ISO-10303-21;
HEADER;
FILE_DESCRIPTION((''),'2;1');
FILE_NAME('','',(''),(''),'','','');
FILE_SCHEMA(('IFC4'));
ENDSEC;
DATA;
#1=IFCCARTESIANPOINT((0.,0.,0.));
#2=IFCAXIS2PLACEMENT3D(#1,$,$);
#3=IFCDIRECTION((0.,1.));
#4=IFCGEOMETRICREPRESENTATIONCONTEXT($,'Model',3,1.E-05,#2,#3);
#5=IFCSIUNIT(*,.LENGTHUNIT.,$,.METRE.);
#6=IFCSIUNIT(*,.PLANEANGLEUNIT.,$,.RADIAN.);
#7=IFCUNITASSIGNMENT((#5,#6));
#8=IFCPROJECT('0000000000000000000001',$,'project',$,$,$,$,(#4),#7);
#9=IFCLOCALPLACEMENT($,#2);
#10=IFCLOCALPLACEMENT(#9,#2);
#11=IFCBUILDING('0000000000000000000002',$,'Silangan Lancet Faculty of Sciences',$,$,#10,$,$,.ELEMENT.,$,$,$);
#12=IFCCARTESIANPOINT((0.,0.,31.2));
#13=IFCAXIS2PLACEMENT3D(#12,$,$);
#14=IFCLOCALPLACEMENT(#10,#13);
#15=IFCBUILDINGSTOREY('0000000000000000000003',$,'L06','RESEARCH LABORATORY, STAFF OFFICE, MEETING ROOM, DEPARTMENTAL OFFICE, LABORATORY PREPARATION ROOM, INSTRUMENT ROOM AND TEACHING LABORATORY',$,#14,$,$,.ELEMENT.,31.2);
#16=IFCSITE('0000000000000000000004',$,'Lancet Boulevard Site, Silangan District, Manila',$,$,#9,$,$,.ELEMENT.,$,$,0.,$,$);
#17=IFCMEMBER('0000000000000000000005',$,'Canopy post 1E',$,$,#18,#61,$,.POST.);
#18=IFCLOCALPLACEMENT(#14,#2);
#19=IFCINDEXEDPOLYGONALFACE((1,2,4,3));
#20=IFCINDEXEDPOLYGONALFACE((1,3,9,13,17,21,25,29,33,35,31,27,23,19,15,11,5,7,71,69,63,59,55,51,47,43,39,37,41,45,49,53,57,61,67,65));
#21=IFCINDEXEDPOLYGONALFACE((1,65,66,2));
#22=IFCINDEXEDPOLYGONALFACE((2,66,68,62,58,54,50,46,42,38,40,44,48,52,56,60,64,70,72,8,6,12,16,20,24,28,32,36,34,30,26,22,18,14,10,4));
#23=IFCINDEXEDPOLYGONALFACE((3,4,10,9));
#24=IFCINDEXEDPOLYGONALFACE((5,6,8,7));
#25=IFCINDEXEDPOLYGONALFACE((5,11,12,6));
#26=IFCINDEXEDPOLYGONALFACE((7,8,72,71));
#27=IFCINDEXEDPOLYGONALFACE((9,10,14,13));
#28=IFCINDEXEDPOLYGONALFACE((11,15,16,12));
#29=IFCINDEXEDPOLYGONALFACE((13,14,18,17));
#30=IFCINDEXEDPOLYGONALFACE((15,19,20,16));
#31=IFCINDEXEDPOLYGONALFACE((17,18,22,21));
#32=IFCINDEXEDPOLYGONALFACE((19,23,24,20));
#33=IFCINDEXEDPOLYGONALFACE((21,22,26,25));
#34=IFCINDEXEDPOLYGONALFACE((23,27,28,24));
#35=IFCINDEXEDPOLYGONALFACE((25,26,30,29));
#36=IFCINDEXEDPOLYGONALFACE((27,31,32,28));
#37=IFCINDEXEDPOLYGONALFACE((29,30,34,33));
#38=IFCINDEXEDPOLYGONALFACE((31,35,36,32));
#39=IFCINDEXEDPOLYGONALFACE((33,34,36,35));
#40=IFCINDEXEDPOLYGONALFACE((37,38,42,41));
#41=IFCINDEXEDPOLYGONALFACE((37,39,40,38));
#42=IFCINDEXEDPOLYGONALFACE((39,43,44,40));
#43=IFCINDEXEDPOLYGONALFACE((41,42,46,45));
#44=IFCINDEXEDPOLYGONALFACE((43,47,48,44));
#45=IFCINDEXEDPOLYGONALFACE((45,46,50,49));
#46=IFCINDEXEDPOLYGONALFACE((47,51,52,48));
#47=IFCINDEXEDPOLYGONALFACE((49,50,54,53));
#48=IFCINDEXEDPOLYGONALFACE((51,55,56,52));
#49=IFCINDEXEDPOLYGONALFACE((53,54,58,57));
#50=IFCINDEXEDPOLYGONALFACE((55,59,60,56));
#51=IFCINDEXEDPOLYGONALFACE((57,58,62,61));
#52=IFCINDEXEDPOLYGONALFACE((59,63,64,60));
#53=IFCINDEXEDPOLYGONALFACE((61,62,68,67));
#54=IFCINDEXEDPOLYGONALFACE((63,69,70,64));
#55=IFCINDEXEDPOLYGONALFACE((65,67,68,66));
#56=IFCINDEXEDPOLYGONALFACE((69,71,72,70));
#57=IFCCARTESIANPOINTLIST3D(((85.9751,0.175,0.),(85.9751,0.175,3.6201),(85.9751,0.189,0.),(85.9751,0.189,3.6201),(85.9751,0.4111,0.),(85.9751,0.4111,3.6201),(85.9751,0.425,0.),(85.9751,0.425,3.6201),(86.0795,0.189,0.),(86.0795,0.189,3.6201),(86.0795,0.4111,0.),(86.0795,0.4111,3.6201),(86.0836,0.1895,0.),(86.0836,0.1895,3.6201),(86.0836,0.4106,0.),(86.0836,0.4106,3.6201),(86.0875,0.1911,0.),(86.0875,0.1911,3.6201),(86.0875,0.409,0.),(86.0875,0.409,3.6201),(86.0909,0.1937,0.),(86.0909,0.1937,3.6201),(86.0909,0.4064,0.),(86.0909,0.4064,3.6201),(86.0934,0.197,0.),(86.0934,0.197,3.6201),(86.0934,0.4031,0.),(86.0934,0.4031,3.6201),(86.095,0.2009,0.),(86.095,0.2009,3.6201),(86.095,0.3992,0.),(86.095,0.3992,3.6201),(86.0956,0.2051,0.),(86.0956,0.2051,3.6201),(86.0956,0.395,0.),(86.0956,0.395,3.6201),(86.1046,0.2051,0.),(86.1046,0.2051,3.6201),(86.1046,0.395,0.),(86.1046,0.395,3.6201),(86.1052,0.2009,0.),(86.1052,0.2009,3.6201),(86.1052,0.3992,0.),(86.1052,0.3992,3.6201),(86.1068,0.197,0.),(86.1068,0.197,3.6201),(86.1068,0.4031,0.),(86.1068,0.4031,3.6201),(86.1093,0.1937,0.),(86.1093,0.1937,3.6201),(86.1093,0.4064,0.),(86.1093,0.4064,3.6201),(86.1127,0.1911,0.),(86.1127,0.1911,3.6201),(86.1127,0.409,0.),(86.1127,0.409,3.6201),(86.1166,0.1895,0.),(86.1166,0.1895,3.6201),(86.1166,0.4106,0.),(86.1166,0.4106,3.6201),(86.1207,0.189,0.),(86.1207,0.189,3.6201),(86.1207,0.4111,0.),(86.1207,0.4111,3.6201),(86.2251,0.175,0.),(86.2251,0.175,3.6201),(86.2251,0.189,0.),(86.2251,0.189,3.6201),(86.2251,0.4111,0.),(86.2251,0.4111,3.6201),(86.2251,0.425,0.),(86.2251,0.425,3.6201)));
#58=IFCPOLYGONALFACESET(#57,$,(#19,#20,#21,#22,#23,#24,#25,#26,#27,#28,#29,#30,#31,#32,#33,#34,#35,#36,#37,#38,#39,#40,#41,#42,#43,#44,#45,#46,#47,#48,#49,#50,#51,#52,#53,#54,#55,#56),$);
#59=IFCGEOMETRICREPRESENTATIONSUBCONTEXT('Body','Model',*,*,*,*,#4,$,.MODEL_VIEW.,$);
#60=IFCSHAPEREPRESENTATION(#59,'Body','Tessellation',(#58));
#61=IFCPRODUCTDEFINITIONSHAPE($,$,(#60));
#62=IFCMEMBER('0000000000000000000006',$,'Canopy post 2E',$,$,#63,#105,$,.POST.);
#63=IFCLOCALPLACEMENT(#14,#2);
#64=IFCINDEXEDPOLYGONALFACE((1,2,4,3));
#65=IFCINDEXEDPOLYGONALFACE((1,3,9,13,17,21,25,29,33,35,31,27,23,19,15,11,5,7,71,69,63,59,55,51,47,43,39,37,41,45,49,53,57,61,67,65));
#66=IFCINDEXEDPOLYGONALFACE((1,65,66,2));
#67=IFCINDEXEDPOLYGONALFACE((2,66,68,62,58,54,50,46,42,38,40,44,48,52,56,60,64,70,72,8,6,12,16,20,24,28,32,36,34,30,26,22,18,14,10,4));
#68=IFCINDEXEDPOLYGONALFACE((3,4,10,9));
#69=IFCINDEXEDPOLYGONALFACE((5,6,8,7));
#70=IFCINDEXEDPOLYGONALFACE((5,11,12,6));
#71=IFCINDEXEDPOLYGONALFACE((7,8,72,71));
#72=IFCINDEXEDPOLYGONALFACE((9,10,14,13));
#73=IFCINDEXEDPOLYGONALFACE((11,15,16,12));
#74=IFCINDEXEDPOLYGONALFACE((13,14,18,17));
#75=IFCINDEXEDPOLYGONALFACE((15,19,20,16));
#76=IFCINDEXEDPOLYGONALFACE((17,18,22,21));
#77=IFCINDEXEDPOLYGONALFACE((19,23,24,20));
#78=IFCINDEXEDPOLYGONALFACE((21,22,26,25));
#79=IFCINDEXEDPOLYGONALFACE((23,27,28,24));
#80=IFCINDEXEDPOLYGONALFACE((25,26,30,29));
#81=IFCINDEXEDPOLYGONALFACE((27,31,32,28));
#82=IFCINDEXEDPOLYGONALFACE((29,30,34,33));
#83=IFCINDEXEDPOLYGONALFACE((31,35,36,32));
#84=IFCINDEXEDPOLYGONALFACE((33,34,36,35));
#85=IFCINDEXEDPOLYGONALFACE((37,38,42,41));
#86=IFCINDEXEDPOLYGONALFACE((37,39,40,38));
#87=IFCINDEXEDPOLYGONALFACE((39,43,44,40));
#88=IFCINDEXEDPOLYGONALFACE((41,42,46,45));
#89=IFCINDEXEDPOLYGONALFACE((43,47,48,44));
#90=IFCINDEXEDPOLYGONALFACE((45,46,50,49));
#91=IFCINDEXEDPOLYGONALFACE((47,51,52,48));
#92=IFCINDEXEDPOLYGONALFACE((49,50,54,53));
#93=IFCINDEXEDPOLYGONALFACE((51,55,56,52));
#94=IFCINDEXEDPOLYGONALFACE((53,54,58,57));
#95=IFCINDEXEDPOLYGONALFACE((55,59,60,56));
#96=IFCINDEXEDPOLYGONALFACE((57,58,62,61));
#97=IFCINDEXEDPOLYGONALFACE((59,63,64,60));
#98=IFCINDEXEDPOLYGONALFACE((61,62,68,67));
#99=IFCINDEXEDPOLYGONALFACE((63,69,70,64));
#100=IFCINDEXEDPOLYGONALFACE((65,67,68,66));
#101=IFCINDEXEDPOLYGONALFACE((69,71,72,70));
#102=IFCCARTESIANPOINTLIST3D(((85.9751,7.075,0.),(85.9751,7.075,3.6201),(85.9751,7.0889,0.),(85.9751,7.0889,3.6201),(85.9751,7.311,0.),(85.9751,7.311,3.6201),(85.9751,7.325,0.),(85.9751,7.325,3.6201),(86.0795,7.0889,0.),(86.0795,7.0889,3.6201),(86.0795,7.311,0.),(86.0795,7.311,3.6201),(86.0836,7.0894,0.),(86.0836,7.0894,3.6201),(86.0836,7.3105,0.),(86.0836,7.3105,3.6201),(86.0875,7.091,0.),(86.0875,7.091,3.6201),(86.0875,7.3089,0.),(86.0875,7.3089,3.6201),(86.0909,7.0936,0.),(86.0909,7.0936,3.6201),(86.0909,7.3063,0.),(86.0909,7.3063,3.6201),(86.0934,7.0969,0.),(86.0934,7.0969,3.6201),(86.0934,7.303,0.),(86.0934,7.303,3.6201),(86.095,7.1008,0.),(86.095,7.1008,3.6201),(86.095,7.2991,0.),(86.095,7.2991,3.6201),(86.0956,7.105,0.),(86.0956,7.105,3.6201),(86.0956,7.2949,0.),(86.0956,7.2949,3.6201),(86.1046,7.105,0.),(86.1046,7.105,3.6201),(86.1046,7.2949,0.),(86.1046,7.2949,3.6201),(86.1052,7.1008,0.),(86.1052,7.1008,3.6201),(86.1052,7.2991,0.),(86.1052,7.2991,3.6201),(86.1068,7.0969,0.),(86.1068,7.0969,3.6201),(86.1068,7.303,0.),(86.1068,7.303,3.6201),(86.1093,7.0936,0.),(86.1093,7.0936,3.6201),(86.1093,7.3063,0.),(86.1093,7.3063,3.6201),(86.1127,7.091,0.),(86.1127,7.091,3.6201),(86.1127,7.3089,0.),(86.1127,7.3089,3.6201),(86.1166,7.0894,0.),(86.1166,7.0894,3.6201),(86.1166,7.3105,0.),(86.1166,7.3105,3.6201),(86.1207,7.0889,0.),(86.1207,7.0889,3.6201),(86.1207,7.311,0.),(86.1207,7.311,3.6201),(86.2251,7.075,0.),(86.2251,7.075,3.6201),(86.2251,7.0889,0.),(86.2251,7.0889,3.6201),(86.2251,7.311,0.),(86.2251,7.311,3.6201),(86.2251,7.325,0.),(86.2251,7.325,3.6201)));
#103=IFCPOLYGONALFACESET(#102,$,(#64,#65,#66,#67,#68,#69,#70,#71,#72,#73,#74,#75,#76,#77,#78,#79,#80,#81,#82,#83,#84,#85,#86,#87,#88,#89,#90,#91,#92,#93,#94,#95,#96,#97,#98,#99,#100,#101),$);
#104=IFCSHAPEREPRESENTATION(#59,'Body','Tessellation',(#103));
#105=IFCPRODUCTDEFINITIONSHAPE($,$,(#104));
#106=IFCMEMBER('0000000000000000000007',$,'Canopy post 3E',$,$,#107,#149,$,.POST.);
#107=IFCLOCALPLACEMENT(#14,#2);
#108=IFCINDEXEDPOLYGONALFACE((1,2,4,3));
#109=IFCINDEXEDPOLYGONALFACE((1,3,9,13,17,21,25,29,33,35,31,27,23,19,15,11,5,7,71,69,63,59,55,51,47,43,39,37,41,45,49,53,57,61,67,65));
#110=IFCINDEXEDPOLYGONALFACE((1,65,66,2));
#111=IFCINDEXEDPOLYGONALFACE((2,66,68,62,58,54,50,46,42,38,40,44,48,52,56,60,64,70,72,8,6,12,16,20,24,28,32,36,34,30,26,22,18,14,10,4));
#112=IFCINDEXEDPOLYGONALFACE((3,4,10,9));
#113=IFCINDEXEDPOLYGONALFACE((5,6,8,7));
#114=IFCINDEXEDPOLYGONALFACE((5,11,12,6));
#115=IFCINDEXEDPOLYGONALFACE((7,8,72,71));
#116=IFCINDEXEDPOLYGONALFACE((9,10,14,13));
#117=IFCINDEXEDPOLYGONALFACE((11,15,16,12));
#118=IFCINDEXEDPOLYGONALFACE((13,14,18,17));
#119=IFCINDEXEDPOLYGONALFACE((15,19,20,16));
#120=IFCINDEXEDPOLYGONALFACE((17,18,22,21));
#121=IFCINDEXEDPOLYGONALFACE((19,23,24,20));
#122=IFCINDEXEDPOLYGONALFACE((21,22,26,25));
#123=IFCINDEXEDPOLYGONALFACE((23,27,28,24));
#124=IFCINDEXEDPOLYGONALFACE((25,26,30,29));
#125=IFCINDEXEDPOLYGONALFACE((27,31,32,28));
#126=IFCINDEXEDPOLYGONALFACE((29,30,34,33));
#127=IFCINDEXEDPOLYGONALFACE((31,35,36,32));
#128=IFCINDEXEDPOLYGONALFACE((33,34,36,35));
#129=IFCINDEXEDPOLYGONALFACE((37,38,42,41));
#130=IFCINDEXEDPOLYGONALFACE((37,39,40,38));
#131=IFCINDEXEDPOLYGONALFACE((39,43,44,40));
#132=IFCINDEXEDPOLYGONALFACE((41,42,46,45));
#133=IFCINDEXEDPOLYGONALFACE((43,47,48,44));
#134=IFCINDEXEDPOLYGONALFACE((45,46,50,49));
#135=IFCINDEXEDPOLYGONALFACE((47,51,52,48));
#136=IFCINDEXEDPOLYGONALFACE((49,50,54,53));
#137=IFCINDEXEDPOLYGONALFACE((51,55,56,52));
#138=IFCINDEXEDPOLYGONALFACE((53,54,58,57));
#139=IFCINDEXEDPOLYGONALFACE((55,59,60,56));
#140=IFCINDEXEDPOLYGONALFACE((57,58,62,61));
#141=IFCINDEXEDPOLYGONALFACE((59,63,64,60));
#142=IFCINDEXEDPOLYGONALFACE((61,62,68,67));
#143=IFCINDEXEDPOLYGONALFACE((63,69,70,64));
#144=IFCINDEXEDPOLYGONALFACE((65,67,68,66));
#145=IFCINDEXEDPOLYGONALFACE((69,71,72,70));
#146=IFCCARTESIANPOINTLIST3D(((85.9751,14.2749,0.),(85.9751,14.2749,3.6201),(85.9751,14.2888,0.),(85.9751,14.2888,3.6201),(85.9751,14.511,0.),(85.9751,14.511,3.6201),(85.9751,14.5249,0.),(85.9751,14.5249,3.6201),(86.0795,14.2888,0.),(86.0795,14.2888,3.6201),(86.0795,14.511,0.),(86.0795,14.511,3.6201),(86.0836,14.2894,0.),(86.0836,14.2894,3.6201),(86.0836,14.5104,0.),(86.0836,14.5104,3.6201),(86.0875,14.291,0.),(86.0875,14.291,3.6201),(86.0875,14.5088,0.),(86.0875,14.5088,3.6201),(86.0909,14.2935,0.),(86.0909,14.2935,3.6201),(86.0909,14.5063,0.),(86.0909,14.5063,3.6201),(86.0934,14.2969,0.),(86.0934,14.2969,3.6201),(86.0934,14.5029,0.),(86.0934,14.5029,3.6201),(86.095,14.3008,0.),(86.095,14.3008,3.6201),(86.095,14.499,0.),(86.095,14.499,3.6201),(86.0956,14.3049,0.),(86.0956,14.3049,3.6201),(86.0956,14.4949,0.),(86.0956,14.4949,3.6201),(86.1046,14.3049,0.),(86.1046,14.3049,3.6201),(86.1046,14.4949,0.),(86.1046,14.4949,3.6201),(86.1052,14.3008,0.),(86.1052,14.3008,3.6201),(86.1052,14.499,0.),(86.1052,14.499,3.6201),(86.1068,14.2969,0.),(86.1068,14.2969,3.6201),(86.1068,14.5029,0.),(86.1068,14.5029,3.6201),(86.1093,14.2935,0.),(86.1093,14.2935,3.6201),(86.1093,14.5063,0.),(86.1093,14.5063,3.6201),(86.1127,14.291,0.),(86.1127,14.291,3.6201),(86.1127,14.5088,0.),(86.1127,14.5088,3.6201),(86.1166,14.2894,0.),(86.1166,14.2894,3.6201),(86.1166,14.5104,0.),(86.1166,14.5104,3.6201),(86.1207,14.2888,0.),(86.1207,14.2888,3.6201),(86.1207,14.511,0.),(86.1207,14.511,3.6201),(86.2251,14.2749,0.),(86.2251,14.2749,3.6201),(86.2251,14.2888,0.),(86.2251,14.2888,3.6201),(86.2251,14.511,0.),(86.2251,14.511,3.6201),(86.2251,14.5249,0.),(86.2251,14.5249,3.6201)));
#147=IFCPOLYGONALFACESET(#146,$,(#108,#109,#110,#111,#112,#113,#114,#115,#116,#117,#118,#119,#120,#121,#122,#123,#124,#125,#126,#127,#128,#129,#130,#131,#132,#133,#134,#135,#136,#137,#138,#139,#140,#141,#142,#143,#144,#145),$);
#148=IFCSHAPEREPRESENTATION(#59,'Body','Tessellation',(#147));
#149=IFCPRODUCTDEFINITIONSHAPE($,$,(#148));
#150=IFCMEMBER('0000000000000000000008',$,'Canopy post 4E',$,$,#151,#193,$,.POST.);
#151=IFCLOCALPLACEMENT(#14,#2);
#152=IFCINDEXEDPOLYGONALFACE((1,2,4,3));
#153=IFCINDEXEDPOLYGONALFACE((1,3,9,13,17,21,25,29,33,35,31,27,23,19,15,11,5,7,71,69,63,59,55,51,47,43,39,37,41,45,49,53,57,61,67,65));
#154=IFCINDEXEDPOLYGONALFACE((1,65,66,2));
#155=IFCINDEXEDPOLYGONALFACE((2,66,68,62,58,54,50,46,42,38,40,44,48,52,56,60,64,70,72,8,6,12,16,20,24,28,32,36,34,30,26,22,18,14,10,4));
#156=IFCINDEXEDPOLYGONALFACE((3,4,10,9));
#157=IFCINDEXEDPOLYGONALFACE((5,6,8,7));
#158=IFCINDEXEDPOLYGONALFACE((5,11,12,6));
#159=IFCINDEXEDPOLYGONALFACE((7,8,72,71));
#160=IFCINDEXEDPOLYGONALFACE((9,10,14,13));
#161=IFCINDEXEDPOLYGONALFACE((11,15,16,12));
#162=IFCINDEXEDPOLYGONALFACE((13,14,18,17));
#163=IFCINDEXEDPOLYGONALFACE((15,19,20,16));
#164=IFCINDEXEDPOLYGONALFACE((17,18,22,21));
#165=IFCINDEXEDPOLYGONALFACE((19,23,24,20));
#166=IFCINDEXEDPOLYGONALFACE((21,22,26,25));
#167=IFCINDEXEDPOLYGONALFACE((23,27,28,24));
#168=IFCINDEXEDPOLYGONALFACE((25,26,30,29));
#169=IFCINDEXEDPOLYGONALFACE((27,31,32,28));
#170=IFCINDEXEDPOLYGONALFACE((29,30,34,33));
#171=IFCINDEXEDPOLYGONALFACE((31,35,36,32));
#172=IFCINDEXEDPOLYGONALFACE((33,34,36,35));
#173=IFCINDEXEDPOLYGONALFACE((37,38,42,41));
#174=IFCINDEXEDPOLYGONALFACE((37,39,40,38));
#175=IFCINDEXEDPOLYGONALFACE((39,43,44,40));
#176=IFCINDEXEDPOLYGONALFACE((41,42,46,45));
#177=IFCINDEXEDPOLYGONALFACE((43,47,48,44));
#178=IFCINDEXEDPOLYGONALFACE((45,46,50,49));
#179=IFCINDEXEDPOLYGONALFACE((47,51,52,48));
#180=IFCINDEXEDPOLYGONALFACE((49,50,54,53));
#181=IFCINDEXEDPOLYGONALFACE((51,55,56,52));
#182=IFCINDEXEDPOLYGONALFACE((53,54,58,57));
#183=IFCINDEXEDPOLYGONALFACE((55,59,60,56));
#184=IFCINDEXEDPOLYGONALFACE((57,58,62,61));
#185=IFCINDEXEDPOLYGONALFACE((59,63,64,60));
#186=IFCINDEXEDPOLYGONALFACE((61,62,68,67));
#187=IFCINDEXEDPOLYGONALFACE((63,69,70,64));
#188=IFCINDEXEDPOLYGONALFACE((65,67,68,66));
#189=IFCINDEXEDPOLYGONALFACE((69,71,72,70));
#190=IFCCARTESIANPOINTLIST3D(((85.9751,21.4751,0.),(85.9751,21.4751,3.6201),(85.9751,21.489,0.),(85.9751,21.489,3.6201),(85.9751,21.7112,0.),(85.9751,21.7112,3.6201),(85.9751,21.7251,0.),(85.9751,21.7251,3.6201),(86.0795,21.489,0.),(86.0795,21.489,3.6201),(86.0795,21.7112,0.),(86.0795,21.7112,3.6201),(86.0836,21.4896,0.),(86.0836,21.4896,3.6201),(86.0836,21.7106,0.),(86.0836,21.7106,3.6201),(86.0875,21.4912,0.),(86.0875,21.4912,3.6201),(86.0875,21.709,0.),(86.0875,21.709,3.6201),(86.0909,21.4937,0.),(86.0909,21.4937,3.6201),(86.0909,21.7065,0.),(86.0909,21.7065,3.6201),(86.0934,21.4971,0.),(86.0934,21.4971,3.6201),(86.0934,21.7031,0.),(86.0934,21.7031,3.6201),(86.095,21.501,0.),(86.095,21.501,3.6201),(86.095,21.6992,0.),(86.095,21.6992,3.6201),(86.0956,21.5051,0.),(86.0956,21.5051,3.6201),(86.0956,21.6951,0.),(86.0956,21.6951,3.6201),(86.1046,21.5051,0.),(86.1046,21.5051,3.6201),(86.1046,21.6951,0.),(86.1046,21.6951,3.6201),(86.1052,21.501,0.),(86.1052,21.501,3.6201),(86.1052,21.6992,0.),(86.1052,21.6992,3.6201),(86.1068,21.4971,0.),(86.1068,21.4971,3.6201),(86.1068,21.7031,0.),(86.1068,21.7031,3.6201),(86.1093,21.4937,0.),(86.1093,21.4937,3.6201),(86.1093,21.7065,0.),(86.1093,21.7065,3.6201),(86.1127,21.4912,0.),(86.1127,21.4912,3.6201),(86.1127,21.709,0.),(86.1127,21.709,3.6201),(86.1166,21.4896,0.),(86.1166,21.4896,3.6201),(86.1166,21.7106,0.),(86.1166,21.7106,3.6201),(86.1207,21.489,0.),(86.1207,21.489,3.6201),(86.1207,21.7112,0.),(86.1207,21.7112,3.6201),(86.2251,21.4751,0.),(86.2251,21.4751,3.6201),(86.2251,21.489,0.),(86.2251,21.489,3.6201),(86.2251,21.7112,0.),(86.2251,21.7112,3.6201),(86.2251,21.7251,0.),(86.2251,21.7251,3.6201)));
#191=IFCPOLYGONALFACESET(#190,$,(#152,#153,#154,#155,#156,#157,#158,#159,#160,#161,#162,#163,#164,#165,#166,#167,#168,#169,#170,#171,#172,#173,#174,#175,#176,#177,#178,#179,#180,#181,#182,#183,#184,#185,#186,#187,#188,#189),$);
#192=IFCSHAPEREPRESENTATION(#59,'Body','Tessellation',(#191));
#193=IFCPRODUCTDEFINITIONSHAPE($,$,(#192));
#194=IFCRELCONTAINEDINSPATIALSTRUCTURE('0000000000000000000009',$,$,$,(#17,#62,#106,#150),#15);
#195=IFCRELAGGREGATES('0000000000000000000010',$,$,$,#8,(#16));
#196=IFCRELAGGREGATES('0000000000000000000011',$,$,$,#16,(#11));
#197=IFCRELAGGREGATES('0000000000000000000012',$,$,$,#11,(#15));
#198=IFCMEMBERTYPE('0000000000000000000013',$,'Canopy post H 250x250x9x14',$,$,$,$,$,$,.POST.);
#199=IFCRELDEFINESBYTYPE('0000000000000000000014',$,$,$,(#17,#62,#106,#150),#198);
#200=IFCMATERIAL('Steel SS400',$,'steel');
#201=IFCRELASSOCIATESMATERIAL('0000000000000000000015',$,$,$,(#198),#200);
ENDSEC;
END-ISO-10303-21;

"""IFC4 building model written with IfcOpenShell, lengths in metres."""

from ifc_helpers import new_model, si_unit, direction, frame, origin, origin_2d, place, context, subcontext, project, spatial, i_section, extrude, material, material_profile, profile_set, type_object, element, save


model = new_model("IFC4")

# Units and contexts
model_context = context("Model", 3, precision=1e-05, world=origin(), true_north=direction((0.0, 1.0)))
body_context = subcontext(model_context, "Body", "Model", "MODEL_VIEW")
ifc_project = project(units=[si_unit("LENGTHUNIT", "METRE"), si_unit("PLANEANGLEUNIT", "RADIAN")], contexts=[model_context])

# Site, building, storey
site_placement = place(None, origin())
site = spatial("IfcSite", under=ifc_project, at=site_placement, Name="Lancet Boulevard Site, Silangan District, Manila", CompositionType="ELEMENT", RefElevation=0.0)
building_placement = place(site_placement, origin())
building = spatial("IfcBuilding", under=site, at=building_placement, Name="Silangan Lancet Faculty of Sciences", CompositionType="ELEMENT")
storey_placement = place(building_placement, frame((0.0, 0.0, 31.2)))
storey = spatial("IfcBuildingStorey", under=building, at=storey_placement, Name="L06", Description="RESEARCH LABORATORY, STAFF OFFICE, MEETING ROOM, DEPARTMENTAL OFFICE, LABORATORY PREPARATION ROOM, INSTRUMENT ROOM AND TEACHING LABORATORY", CompositionType="ELEMENT", Elevation=31.2)

# Members
ifc_material_1 = material(Name="Steel SS400", Category="steel")
ifc_material_profile_1 = material_profile(ifc_material_1, i_section(OverallWidth=0.25, OverallDepth=0.25, WebThickness=0.009, FlangeThickness=0.0139, FilletRadius=0.0161, at=origin_2d()), Name="H 250x250x9x14")
ifc_profile_set_1 = profile_set([ifc_material_profile_1], Name="Steel SS400")
member_type_1 = type_object("IfcMemberType", Name="Canopy post H 250x250x9x14", PredefinedType="POST", material=ifc_profile_set_1)
for number, where, z_axis, x_axis, name in (
    (1, (86.1001, 0.3, 0.0), (0.0, 0.0, 1.0), (1.0, 0.0, 0.0), "Canopy post 1E"),
    (2, (86.1001, 7.2, 0.0), (0.0, 0.0, 1.0), (1.0, 0.0, 0.0), "Canopy post 2E"),
    (3, (86.1001, 14.3999, 0.0), (0.0, 0.0, 1.0), (1.0, 0.0, 0.0), "Canopy post 3E"),
    (4, (86.1001, 21.6001, 0.0), (0.0, 0.0, 1.0), (1.0, 0.0, 0.0), "Canopy post 4E"),
):
    element("IfcMember", number, at=place(storey_placement, frame(where, z_axis=z_axis, x_axis=x_axis)), inside=storey, type_object=member_type_1, Name=name, PredefinedType="POST", context=body_context, shape_type="SweptSolid", body=[
        extrude(i_section(OverallWidth=0.25, OverallDepth=0.25, WebThickness=0.009, FlangeThickness=0.0139, FilletRadius=0.0161, at=origin_2d()), origin(), (0.0, 0.0, 1.0), 3.6201),
    ])

save(model, "model.ifc")
